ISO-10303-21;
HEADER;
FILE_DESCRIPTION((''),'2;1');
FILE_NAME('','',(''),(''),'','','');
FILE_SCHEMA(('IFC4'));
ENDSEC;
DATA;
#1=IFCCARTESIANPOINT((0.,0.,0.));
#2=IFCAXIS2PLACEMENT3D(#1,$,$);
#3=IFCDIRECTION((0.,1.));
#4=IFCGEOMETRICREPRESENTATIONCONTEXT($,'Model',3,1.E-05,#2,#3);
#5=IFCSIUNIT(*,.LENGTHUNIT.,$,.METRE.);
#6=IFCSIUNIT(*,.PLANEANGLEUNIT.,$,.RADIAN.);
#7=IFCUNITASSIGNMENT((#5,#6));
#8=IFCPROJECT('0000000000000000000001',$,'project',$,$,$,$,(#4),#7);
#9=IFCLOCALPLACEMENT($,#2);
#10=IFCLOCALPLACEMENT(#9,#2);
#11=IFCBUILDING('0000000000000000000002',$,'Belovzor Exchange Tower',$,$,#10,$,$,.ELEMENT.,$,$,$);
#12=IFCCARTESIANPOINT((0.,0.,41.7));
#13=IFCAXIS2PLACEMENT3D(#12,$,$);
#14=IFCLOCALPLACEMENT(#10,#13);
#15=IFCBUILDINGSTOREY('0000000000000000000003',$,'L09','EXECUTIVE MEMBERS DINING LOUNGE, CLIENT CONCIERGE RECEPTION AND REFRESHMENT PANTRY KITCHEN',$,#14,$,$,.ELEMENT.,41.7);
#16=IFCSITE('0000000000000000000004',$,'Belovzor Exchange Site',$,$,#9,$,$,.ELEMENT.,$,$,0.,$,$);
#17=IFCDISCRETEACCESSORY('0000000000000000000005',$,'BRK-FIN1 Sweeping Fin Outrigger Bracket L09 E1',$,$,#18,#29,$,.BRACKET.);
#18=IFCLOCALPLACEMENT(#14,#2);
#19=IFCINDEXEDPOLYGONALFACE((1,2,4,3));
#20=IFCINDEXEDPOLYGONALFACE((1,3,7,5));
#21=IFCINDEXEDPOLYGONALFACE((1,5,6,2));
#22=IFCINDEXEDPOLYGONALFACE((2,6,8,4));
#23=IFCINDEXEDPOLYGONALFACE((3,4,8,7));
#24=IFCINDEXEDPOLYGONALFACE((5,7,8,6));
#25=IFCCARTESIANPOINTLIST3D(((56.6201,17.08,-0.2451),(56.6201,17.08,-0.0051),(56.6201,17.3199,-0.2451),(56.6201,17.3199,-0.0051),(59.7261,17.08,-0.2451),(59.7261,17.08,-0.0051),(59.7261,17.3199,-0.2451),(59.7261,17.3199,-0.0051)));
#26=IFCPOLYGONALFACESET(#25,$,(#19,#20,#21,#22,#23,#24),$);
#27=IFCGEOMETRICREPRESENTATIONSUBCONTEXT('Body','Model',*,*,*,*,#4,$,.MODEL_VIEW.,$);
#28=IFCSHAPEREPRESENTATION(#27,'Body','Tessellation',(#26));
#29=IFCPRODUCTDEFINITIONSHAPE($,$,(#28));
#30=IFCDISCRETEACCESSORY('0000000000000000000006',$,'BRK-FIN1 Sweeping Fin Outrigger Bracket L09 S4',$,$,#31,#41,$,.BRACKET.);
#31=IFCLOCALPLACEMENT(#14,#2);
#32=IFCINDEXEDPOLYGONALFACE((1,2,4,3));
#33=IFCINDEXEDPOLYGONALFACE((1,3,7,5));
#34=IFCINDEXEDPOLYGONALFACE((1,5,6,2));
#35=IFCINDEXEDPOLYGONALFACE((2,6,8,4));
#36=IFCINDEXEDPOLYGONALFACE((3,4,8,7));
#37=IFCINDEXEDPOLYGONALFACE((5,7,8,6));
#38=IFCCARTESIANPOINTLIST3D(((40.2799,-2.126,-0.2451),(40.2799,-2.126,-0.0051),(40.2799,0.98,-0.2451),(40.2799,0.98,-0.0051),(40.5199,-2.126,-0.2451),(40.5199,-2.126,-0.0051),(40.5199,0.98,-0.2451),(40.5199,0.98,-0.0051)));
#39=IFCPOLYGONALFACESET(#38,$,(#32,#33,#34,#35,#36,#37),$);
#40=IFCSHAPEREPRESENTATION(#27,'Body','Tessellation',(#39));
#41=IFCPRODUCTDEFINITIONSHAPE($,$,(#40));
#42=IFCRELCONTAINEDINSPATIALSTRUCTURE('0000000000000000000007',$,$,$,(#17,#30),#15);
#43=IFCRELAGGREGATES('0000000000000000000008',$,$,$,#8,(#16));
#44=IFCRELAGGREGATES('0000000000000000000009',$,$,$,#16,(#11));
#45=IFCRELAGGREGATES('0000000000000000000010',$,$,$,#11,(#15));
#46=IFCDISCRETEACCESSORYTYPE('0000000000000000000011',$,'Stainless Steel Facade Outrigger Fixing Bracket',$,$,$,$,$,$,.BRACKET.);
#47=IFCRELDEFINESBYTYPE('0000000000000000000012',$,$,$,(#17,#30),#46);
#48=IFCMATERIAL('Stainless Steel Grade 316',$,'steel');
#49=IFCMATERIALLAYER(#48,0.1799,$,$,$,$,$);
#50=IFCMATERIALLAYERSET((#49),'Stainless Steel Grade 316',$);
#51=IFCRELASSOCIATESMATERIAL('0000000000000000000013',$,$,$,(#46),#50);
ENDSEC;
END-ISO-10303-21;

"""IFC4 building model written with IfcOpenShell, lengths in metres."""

from ifc_helpers import new_model, si_unit, direction, frame, origin, origin_2d, place, context, subcontext, project, spatial, rectangle, extrude, material, layer, layer_set, type_object, element, save


model = new_model("IFC4")

# Units and contexts
model_context = context("Model", 3, precision=1e-05, world=origin(), true_north=direction((0.0, 1.0)))
body_context = subcontext(model_context, "Body", "Model", "MODEL_VIEW")
ifc_project = project(units=[si_unit("LENGTHUNIT", "METRE"), si_unit("PLANEANGLEUNIT", "RADIAN")], contexts=[model_context])

# Site, building, storey
site_placement = place(None, origin())
site = spatial("IfcSite", under=ifc_project, at=site_placement, Name="Belovzor Exchange Site", CompositionType="ELEMENT", RefElevation=0.0)
building_placement = place(site_placement, origin())
building = spatial("IfcBuilding", under=site, at=building_placement, Name="Belovzor Exchange Tower", CompositionType="ELEMENT")
storey_placement = place(building_placement, frame((0.0, 0.0, 41.7)))
storey = spatial("IfcBuildingStorey", under=building, at=storey_placement, Name="L09", Description="EXECUTIVE MEMBERS DINING LOUNGE, CLIENT CONCIERGE RECEPTION AND REFRESHMENT PANTRY KITCHEN", CompositionType="ELEMENT", Elevation=41.7)

# Discrete accessories
ifc_material_1 = material(Name="Stainless Steel Grade 316", Category="steel")
ifc_layer_1 = layer(ifc_material_1, 0.1799)
ifc_layer_set_1 = layer_set([ifc_layer_1], Name="Stainless Steel Grade 316")
discrete_accessory_type = type_object("IfcDiscreteAccessoryType", Name="Stainless Steel Facade Outrigger Fixing Bracket", PredefinedType="BRACKET", material=ifc_layer_set_1)
for number, where, z_axis, x_axis, name in (
    (1, (58.1731, 17.2, -0.2451), (0.0, 0.0, 1.0), (1.0, 0.0, 0.0), "BRK-FIN1 Sweeping Fin Outrigger Bracket L09 E1"),
    (2, (40.3999, -0.573, -0.2451), (0.0, 0.0, 1.0), (0.0, 1.0, 0.0), "BRK-FIN1 Sweeping Fin Outrigger Bracket L09 S4"),
):
    element("IfcDiscreteAccessory", number, at=place(storey_placement, frame(where, z_axis=z_axis, x_axis=x_axis)), inside=storey, type_object=discrete_accessory_type, Name=name, PredefinedType="BRACKET", context=body_context, shape_type="SweptSolid", body=[
        extrude(rectangle(XDim=3.106, YDim=0.24, at=origin_2d()), origin(), (0.0, 0.0, 1.0), 0.24),
    ])

save(model, "model.ifc")
